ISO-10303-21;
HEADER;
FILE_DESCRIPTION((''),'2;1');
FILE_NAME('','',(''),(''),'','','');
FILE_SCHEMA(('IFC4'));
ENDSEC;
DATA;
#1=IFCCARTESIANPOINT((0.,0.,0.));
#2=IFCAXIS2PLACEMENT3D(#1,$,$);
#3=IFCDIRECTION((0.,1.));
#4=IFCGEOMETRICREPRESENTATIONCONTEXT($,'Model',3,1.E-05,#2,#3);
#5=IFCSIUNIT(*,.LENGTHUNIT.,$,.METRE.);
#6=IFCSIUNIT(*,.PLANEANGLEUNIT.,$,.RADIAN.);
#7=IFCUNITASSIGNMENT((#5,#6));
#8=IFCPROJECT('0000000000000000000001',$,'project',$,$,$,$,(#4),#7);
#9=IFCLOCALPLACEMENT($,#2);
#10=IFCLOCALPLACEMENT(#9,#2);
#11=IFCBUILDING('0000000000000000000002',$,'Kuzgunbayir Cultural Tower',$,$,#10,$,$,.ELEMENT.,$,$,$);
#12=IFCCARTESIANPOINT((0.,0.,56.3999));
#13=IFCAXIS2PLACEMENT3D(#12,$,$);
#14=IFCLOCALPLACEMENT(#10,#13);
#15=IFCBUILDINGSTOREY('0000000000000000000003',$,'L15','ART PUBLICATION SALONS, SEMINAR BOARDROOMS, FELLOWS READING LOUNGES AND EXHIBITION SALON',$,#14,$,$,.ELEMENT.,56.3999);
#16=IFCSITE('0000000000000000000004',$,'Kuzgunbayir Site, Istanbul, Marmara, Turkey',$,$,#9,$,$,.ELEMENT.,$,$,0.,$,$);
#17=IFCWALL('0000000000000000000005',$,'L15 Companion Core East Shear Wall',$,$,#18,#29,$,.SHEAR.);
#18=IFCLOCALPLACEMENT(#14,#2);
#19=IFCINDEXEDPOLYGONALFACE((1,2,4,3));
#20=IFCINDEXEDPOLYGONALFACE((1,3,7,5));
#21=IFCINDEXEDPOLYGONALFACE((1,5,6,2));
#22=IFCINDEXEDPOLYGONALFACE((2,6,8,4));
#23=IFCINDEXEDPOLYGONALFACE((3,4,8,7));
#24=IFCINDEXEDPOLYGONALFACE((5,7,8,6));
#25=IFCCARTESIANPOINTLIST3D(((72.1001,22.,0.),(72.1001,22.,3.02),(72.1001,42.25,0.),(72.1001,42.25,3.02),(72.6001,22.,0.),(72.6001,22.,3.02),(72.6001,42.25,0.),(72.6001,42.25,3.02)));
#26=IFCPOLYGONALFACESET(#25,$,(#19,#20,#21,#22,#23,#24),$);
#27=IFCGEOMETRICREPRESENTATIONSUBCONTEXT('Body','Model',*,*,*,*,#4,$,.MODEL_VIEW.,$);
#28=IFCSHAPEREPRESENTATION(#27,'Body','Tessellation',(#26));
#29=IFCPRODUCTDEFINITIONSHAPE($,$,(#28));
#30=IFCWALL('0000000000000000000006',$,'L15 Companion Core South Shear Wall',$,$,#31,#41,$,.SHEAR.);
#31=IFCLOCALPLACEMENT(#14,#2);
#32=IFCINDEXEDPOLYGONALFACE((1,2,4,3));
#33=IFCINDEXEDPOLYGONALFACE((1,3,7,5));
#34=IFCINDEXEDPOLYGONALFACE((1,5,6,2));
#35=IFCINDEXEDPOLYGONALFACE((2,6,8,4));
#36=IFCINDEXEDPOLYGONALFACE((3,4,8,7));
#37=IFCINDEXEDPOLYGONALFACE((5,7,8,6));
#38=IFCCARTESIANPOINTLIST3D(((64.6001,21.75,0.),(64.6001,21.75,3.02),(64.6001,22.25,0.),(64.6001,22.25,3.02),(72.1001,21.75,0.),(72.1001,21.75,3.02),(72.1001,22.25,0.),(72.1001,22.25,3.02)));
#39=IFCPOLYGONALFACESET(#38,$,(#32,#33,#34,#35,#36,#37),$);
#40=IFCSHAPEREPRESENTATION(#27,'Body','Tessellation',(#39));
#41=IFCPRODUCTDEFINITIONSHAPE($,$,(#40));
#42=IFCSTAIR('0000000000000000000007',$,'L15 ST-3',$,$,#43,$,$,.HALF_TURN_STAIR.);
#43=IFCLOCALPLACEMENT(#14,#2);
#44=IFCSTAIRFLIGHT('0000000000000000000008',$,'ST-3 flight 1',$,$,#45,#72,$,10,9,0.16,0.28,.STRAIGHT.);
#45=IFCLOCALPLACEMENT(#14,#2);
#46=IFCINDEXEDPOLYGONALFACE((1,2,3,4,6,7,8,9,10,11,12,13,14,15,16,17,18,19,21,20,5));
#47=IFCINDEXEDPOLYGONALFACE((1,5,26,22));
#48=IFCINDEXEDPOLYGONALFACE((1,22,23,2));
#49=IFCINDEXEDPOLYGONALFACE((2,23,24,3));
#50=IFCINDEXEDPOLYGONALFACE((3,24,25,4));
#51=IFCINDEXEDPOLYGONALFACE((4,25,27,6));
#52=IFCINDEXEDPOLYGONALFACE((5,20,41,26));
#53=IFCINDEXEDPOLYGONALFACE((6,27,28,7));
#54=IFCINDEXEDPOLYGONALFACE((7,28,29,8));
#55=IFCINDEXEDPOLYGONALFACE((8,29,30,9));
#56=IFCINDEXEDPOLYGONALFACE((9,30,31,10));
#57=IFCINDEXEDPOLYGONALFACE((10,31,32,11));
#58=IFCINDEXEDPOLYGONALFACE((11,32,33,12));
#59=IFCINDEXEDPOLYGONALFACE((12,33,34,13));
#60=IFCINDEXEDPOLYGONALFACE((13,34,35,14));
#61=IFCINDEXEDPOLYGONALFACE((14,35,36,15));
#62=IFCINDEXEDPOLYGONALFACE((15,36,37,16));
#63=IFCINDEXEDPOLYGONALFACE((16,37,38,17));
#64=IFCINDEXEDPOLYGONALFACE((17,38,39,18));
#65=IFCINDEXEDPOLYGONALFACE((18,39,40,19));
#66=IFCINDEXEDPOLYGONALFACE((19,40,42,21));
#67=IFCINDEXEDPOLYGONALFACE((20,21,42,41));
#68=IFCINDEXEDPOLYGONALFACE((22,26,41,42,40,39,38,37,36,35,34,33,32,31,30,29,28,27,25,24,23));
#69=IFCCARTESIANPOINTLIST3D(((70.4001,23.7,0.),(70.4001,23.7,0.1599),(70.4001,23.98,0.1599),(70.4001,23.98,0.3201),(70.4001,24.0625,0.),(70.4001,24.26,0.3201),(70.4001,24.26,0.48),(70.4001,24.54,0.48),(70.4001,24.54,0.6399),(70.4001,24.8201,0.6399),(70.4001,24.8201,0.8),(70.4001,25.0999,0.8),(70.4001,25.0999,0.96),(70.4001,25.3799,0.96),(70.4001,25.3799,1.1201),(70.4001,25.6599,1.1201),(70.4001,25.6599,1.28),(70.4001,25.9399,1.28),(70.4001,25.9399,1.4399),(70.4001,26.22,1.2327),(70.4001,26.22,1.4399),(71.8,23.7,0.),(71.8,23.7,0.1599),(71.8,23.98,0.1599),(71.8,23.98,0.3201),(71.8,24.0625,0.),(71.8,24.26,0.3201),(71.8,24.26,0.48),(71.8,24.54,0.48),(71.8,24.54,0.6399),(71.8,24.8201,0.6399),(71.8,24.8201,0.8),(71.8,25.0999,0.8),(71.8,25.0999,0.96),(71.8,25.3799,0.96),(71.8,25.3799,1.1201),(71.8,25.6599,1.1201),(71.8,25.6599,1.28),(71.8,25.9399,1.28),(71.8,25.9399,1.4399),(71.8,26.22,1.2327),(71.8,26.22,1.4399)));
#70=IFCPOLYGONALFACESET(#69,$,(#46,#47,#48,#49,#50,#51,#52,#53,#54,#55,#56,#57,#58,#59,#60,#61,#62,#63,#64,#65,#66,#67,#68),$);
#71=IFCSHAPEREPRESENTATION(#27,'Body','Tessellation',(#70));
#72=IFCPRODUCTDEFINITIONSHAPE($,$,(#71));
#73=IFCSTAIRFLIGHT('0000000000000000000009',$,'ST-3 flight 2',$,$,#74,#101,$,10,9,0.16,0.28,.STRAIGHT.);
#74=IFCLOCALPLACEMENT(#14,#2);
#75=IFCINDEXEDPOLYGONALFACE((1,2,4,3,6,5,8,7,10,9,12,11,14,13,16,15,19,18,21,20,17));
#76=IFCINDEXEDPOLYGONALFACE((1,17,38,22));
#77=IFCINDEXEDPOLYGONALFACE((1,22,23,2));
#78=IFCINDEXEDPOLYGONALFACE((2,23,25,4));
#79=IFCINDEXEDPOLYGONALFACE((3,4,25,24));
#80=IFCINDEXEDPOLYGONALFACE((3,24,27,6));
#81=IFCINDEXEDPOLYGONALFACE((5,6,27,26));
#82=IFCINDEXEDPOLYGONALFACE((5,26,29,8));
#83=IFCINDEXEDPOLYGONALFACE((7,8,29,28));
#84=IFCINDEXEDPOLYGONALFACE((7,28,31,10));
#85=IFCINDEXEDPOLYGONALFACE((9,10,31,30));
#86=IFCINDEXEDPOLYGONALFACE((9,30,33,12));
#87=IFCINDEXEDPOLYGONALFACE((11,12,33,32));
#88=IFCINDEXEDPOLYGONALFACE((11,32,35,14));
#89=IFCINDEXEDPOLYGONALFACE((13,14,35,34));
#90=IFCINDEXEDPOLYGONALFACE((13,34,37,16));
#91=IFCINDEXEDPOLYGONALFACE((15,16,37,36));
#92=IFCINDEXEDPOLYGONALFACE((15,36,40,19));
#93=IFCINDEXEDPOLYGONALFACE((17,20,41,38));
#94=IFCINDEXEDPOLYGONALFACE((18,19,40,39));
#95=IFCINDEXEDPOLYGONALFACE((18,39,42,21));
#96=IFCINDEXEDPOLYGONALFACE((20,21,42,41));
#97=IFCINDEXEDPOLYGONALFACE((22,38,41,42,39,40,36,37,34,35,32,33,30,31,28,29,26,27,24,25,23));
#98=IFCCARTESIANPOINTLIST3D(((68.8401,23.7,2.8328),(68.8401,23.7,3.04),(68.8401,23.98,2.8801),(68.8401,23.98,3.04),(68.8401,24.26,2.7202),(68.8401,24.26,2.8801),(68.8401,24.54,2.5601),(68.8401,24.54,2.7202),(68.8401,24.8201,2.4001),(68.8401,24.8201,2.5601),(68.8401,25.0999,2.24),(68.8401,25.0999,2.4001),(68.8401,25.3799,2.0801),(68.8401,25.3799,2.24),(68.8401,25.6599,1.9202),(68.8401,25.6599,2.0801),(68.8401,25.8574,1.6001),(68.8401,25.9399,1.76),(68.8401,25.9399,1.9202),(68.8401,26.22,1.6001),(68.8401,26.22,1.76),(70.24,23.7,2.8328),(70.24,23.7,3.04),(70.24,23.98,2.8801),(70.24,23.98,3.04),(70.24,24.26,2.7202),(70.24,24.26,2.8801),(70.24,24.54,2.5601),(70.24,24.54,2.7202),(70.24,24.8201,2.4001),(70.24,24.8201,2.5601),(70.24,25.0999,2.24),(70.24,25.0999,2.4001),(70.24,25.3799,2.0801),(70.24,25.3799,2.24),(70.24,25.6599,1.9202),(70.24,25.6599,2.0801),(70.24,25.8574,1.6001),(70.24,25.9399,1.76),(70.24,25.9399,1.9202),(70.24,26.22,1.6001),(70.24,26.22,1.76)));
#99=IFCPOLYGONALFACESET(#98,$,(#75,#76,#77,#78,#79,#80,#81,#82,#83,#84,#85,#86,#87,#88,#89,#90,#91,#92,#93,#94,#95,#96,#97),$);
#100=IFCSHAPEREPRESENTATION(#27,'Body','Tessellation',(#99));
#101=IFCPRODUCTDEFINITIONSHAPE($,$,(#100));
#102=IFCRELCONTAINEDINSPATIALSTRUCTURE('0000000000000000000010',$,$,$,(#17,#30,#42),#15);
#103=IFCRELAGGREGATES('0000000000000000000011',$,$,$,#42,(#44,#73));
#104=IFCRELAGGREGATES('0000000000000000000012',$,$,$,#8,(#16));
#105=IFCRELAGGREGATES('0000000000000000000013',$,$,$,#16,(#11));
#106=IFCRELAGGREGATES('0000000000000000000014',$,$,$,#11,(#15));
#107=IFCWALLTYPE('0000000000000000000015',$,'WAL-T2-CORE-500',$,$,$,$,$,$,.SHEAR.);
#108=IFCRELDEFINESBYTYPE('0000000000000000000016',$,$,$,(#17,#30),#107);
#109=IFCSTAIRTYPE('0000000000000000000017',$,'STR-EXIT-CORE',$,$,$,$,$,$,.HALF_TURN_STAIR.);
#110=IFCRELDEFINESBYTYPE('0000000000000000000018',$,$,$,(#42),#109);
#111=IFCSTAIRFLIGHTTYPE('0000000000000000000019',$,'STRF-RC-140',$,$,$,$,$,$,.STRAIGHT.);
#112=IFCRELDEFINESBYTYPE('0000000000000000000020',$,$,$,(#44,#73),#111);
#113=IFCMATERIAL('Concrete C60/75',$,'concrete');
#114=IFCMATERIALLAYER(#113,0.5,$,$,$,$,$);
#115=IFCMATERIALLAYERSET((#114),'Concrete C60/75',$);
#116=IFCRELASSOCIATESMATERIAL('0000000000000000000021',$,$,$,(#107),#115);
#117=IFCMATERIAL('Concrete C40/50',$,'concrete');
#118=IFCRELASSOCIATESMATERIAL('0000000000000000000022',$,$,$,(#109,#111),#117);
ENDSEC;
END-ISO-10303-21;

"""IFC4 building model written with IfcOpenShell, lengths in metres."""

from ifc_helpers import new_model, si_unit, direction, frame, frame_2d, origin, place, context, subcontext, project, spatial, polyline, rectangle, outline, extrude, material, layer, layer_set, type_object, element, aggregate, save


model = new_model("IFC4")

# Units and contexts
model_context = context("Model", 3, precision=1e-05, world=origin(), true_north=direction((0.0, 1.0)))
body_context = subcontext(model_context, "Body", "Model", "MODEL_VIEW")
ifc_project = project(units=[si_unit("LENGTHUNIT", "METRE"), si_unit("PLANEANGLEUNIT", "RADIAN")], contexts=[model_context])

# Site, building, storey
site_placement = place(None, origin())
site = spatial("IfcSite", under=ifc_project, at=site_placement, Name="Kuzgunbayir Site, Istanbul, Marmara, Turkey", CompositionType="ELEMENT", RefElevation=0.0)
building_placement = place(site_placement, origin())
building = spatial("IfcBuilding", under=site, at=building_placement, Name="Kuzgunbayir Cultural Tower", CompositionType="ELEMENT")
storey_placement = place(building_placement, frame((0.0, 0.0, 56.3999)))
storey = spatial("IfcBuildingStorey", under=building, at=storey_placement, Name="L15", Description="ART PUBLICATION SALONS, SEMINAR BOARDROOMS, FELLOWS READING LOUNGES AND EXHIBITION SALON", CompositionType="ELEMENT", Elevation=56.3999)

# Shared definitions
ifc_material_1 = material(Name="Concrete C60/75", Category="concrete")

# Shared definitions
ifc_material_2 = material(Name="Concrete C40/50", Category="concrete")

# Walls
ifc_layer_1 = layer(ifc_material_1, 0.5)
ifc_layer_set_1 = layer_set([ifc_layer_1], Name="Concrete C60/75")
wall_type_1 = type_object("IfcWallType", Name="WAL-T2-CORE-500", PredefinedType="SHEAR", material=ifc_layer_set_1)
wall_1_placement = place(storey_placement, frame((72.3501, 22.0, 0.0), z_axis=(0.0, 0.0, 1.0), x_axis=(0.0, 1.0, 0.0)))
element("IfcWall", 1, at=wall_1_placement, inside=storey, type_object=wall_type_1, Name="L15 Companion Core East Shear Wall", PredefinedType="SHEAR", context=body_context, shape_type="SweptSolid", body=[
    extrude(rectangle(XDim=20.25, YDim=0.5, at=frame_2d((10.125, 0.0))), origin(), (0.0, 0.0, 1.0), 3.02),
])
wall_2_placement = place(storey_placement, frame((64.6001, 22.0, 0.0), z_axis=(0.0, 0.0, 1.0), x_axis=(1.0, 0.0, 0.0)))
element("IfcWall", 2, at=wall_2_placement, inside=storey, type_object=wall_type_1, Name="L15 Companion Core South Shear Wall", PredefinedType="SHEAR", context=body_context, shape_type="SweptSolid", body=[
    extrude(rectangle(XDim=7.5, YDim=0.5, at=frame_2d((3.75, 0.0))), origin(), (0.0, 0.0, 1.0), 3.02),
])

# Stair, stair flights
stair_type = type_object("IfcStairType", Name="STR-EXIT-CORE", PredefinedType="HALF_TURN_STAIR", material=ifc_material_2)
stair_placement = place(storey_placement, origin())
stair = element("IfcStair", 3, at=stair_placement, inside=storey, type_object=stair_type, Name="L15 ST-3", PredefinedType="HALF_TURN_STAIR")
stair_flight_type = type_object("IfcStairFlightType", Name="STRF-RC-140", PredefinedType="STRAIGHT", material=ifc_material_2)
stair_flight_1_placement = place(storey_placement, frame((71.1001, 23.7, 0.0), z_axis=(0.0, 0.0, 1.0), x_axis=(0.0, 1.0, 0.0)))
stair_flight_1 = element("IfcStairFlight", 4, at=stair_flight_1_placement, type_object=stair_flight_type, Name="ST-3 flight 1", NumberOfRisers=10, NumberOfTreads=9, PredefinedType="STRAIGHT", RiserHeight=0.16, TreadLength=0.28, context=body_context, shape_type="SweptSolid", body=[
    extrude(outline(polyline([(0.0, 0.0), (0.0, 0.1599), (0.28, 0.1599), (0.28, 0.3201), (0.5601, 0.3201), (0.5601, 0.48), (0.8401, 0.48), (0.8401, 0.6399), (1.1201, 0.6399), (1.1201, 0.8), (1.3999, 0.8), (1.3999, 0.96), (1.6799, 0.96), (1.6799, 1.1201), (1.96, 1.1201), (1.96, 1.28), (2.24, 1.28), (2.24, 1.4399), (2.52, 1.4399), (2.52, 1.6001), (2.52, 1.2327), (0.3625, 0.0), (0.0, 0.0)])), frame((0.0, 0.7, 0.0), z_axis=(0.0, -1.0, 0.0), x_axis=(1.0, 0.0, 0.0)), (0.0, 0.0, 1.0), 1.3999),
])
stair_flight_2_placement = place(storey_placement, frame((69.54, 26.22, 1.6001), z_axis=(0.0, 0.0, 1.0), x_axis=(0.0, -1.0, 0.0)))
stair_flight_2 = element("IfcStairFlight", 5, at=stair_flight_2_placement, type_object=stair_flight_type, Name="ST-3 flight 2", NumberOfRisers=10, NumberOfTreads=9, PredefinedType="STRAIGHT", RiserHeight=0.16, TreadLength=0.28, context=body_context, shape_type="SweptSolid", body=[
    extrude(outline(polyline([(0.0, 0.0), (0.0, 0.1599), (0.28, 0.1599), (0.28, 0.3201), (0.5601, 0.3201), (0.5601, 0.48), (0.8401, 0.48), (0.8401, 0.6399), (1.1201, 0.6399), (1.1201, 0.8), (1.3999, 0.8), (1.3999, 0.96), (1.6799, 0.96), (1.6799, 1.1201), (1.96, 1.1201), (1.96, 1.28), (2.24, 1.28), (2.24, 1.4399), (2.52, 1.4399), (2.52, 1.6001), (2.52, 1.2327), (0.3625, 0.0), (0.0, 0.0)])), frame((0.0, 0.7, 0.0), z_axis=(0.0, -1.0, 0.0), x_axis=(1.0, 0.0, 0.0)), (0.0, 0.0, 1.0), 1.3999),
])
aggregate(stair, [stair_flight_1, stair_flight_2])

save(model, "model.ifc")
